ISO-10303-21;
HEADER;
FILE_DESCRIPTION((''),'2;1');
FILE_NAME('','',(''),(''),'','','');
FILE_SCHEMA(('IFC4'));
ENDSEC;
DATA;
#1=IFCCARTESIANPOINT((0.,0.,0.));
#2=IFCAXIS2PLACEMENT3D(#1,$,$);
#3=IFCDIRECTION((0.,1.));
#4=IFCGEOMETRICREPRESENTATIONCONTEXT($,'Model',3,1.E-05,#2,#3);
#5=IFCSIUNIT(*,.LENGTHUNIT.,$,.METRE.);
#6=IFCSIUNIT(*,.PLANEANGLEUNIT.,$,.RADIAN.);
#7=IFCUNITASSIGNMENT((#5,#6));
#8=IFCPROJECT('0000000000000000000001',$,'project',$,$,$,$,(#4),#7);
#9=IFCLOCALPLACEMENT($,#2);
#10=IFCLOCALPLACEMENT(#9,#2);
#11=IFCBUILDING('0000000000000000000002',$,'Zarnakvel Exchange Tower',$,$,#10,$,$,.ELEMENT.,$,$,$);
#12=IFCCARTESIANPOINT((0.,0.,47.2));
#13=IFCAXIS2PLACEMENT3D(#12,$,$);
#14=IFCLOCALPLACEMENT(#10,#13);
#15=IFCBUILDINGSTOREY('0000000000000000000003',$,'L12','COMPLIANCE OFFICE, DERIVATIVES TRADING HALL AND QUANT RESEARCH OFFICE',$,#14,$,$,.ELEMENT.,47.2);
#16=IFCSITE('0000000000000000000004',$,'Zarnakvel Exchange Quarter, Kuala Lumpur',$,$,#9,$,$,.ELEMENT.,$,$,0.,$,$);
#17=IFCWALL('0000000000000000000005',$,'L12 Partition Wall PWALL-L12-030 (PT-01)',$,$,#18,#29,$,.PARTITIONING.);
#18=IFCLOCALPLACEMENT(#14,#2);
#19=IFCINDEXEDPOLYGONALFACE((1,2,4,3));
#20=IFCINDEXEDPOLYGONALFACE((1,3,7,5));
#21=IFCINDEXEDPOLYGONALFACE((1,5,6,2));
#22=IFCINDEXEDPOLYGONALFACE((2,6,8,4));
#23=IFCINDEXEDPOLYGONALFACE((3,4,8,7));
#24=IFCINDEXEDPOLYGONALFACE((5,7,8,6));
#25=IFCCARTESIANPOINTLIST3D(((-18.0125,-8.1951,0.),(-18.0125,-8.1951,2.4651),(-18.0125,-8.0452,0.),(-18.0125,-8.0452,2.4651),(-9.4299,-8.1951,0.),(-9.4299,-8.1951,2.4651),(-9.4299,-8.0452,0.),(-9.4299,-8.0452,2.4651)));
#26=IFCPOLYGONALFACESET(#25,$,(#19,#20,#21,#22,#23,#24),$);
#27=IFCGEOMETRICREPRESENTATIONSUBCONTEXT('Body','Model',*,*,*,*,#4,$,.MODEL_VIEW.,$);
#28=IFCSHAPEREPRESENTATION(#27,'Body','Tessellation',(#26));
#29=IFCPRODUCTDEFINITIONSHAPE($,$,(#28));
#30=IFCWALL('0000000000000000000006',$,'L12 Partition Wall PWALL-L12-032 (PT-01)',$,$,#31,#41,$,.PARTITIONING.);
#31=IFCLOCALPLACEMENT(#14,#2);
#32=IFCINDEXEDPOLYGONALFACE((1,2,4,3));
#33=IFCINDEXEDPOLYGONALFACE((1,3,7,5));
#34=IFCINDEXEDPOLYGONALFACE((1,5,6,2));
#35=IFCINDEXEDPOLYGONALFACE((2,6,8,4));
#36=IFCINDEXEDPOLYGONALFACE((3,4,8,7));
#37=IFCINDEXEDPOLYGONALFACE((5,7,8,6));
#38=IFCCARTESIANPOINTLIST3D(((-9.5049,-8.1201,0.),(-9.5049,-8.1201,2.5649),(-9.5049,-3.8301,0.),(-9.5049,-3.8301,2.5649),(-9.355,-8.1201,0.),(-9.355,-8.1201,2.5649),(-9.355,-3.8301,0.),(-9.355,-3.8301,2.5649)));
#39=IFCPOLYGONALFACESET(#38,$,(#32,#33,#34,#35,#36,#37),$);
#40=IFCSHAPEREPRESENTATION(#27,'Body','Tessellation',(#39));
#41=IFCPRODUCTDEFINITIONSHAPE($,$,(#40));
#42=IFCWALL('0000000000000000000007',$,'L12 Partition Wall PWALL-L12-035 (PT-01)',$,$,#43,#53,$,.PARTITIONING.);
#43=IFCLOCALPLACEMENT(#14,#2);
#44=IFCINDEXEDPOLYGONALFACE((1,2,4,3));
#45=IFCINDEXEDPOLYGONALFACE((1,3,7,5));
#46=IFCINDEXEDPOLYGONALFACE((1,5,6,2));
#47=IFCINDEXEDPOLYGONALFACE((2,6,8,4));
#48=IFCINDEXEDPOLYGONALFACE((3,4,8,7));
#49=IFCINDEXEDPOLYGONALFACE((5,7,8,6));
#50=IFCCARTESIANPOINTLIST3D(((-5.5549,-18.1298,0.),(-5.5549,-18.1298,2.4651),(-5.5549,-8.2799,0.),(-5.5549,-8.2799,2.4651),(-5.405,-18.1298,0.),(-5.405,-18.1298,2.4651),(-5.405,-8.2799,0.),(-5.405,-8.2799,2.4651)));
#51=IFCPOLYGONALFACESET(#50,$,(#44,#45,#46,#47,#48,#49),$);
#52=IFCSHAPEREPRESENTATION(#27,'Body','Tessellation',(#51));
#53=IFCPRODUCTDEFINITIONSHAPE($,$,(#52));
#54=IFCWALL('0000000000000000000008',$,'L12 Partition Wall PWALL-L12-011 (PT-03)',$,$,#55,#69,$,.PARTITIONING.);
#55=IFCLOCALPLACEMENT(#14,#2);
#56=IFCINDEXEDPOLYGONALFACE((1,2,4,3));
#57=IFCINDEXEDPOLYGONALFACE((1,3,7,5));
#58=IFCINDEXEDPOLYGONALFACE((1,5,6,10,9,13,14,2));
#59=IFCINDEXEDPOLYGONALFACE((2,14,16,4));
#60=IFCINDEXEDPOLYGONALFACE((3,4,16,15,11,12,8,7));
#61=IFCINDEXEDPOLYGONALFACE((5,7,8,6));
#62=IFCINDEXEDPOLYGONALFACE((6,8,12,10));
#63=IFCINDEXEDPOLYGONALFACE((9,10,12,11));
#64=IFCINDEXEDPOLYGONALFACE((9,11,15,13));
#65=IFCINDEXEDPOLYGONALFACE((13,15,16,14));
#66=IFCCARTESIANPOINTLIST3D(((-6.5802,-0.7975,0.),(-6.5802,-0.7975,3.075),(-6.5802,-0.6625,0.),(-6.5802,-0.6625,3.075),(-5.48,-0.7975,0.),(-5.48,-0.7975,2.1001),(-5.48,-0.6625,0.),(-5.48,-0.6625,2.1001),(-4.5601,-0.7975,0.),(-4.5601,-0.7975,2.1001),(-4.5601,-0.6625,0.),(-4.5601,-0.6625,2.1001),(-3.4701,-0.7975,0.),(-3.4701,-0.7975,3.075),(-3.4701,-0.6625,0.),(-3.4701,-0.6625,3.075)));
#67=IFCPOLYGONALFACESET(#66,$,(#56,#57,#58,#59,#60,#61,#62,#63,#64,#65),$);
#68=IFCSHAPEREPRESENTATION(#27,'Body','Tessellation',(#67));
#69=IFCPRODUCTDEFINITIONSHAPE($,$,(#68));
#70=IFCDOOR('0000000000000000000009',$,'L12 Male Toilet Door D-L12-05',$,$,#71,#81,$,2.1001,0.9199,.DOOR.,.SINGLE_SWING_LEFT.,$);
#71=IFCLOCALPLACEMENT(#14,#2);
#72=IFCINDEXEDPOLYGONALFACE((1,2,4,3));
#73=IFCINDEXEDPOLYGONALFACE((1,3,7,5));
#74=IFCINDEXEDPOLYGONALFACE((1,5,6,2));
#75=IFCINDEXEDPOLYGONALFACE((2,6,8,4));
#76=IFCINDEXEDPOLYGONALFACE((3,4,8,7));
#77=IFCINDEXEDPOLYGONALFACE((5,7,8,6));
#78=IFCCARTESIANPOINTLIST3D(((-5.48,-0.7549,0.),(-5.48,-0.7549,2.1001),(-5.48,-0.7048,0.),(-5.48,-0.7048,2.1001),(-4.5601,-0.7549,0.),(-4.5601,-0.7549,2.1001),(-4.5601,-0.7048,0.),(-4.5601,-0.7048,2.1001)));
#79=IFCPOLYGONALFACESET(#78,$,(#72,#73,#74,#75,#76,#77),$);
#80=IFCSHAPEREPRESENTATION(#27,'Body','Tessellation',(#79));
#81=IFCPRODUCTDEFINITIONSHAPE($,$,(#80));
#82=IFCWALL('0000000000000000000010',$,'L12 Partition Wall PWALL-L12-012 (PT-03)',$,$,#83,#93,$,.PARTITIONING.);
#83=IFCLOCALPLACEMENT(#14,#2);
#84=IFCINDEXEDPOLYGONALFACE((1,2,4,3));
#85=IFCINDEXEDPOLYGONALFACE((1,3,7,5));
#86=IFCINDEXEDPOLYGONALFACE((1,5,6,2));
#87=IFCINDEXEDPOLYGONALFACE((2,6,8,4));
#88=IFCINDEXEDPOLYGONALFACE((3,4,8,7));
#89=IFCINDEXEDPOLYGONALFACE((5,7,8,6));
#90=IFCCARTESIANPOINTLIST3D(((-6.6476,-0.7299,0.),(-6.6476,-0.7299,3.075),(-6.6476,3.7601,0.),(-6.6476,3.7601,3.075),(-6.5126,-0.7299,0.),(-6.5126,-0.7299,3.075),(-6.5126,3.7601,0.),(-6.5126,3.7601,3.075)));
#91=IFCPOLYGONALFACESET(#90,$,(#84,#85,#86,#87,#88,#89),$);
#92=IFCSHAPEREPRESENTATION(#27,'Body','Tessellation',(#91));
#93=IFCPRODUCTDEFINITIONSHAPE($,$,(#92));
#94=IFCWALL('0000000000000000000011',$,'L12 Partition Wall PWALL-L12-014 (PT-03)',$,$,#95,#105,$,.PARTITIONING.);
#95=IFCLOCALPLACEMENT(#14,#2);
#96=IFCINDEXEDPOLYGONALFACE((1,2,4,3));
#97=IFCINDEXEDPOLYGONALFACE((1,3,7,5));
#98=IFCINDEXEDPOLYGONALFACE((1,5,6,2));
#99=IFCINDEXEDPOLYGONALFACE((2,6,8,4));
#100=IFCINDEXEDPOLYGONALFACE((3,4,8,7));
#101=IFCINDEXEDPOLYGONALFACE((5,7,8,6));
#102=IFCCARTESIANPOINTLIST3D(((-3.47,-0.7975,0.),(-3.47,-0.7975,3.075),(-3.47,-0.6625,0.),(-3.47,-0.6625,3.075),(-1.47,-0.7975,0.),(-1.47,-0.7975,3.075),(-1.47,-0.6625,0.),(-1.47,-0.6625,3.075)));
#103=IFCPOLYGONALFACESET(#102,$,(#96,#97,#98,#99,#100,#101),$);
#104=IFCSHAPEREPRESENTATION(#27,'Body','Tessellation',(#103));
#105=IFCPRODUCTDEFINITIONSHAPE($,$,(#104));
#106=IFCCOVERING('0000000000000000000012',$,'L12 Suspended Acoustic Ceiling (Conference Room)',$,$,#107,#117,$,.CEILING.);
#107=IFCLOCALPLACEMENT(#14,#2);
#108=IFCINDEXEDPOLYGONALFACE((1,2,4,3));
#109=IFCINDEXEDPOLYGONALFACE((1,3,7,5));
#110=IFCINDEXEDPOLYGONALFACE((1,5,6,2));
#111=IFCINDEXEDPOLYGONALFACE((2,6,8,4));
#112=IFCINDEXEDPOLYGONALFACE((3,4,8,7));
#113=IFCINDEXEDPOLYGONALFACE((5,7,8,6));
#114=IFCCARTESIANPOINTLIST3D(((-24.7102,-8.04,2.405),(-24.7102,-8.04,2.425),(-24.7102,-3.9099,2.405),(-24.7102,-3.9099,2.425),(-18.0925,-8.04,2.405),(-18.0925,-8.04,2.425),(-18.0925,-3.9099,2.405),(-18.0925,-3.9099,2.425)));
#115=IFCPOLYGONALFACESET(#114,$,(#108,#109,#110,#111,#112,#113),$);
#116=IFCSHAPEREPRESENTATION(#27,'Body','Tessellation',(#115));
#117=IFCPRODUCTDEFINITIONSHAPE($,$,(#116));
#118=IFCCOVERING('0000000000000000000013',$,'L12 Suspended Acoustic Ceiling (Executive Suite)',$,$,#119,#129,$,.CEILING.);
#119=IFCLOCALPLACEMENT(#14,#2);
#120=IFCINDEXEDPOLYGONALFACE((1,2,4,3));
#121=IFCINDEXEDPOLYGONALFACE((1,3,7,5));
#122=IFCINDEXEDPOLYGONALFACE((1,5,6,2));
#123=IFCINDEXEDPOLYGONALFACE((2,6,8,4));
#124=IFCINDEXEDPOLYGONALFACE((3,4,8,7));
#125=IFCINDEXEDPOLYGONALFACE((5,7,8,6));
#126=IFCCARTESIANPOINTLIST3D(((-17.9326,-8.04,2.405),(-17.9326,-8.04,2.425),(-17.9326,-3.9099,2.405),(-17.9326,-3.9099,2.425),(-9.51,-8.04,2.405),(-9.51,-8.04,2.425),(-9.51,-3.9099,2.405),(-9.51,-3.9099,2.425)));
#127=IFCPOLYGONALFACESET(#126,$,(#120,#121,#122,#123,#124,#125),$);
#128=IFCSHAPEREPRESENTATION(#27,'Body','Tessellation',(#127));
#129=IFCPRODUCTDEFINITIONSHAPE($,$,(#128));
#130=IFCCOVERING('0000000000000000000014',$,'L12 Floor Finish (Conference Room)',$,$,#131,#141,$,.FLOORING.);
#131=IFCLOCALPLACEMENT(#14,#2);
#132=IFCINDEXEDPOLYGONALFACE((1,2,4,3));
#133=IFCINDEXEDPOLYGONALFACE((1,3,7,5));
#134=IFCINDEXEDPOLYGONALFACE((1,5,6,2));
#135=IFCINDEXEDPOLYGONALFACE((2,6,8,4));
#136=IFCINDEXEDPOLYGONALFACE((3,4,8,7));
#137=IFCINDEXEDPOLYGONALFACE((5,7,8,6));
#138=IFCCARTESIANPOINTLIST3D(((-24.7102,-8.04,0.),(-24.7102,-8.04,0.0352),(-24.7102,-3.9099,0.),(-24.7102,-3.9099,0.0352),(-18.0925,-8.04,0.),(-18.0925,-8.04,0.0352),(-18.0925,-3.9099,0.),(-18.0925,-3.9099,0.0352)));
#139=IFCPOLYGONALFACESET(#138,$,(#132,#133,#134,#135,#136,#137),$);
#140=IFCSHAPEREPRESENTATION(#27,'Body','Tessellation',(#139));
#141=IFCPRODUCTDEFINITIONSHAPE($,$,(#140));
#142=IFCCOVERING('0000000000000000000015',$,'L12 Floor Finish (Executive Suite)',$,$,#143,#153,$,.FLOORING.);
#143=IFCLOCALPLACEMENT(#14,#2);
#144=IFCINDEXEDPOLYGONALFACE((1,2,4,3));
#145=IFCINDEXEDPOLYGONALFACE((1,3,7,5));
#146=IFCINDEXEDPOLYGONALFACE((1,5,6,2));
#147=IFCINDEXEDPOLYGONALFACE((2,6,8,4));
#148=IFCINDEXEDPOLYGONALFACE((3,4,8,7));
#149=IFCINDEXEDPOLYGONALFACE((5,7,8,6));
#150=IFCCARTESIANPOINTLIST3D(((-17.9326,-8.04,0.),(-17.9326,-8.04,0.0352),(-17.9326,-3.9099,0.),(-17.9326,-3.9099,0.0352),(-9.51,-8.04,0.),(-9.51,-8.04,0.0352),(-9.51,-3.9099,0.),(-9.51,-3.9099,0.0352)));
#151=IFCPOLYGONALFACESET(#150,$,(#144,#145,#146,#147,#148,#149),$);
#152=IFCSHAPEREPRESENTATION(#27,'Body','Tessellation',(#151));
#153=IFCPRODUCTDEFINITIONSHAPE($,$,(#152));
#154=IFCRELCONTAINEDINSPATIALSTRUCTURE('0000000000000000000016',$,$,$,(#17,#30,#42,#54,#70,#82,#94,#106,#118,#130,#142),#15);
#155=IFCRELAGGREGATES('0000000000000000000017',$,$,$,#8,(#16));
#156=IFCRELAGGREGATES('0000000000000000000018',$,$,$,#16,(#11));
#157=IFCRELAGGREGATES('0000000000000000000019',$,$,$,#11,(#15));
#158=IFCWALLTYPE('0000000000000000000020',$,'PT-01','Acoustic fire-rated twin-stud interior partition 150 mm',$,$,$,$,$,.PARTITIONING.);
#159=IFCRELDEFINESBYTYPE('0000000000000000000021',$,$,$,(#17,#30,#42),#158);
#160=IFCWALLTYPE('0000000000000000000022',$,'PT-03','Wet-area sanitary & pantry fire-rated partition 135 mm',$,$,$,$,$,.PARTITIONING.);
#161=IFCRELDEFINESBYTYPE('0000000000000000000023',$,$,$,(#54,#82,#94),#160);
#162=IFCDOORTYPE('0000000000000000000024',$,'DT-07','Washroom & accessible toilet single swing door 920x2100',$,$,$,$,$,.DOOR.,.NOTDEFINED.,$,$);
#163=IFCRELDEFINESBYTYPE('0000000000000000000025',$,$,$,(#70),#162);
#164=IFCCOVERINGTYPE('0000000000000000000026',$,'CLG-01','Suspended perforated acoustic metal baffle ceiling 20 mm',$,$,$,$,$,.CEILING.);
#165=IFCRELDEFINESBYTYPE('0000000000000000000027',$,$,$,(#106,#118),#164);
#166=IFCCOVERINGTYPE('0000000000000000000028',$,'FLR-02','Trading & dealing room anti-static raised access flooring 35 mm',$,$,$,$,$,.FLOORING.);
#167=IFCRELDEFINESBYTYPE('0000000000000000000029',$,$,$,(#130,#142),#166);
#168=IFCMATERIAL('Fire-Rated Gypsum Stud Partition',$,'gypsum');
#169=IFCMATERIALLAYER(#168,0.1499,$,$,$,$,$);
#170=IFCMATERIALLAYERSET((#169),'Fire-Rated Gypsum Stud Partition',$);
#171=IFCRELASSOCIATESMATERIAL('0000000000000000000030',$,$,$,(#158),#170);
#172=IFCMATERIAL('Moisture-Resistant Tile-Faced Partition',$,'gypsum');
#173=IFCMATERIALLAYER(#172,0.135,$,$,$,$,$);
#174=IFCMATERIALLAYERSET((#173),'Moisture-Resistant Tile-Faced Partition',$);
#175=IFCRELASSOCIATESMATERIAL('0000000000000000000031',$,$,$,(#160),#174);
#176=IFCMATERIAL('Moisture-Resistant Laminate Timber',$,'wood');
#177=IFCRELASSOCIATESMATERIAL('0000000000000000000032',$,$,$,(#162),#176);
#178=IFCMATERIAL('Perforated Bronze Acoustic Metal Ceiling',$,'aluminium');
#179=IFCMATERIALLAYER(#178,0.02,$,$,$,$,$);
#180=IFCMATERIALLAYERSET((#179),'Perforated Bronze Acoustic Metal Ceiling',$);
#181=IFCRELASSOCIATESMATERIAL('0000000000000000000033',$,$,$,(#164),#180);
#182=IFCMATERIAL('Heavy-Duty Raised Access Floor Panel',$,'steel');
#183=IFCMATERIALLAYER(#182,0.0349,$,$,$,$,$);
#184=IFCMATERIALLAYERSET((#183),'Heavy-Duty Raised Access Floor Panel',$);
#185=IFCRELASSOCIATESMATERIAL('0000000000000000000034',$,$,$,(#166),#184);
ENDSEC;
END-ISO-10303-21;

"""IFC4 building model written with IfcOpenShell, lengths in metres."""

from ifc_helpers import new_model, si_unit, direction, frame, frame_2d, origin, place, context, subcontext, project, spatial, polyline, rectangle, outline, extrude, source, transform, mapped, material, layer, layer_set, type_object, element, fill, save


model = new_model("IFC4")

# Units and contexts
model_context = context("Model", 3, precision=1e-05, world=origin(), true_north=direction((0.0, 1.0)))
body_context = subcontext(model_context, "Body", "Model", "MODEL_VIEW")
ifc_project = project(units=[si_unit("LENGTHUNIT", "METRE"), si_unit("PLANEANGLEUNIT", "RADIAN")], contexts=[model_context])

# Site, building, storey
site_placement = place(None, origin())
site = spatial("IfcSite", under=ifc_project, at=site_placement, Name="Zarnakvel Exchange Quarter, Kuala Lumpur", CompositionType="ELEMENT", RefElevation=0.0)
building_placement = place(site_placement, origin())
building = spatial("IfcBuilding", under=site, at=building_placement, Name="Zarnakvel Exchange Tower", CompositionType="ELEMENT")
storey_placement = place(building_placement, frame((0.0, 0.0, 47.2)))
storey = spatial("IfcBuildingStorey", under=building, at=storey_placement, Name="L12", Description="COMPLIANCE OFFICE, DERIVATIVES TRADING HALL AND QUANT RESEARCH OFFICE", CompositionType="ELEMENT", Elevation=47.2)

# Walls
ifc_material_1 = material(Name="Fire-Rated Gypsum Stud Partition", Category="gypsum")
ifc_layer_1 = layer(ifc_material_1, 0.1499)
ifc_layer_set_1 = layer_set([ifc_layer_1], Name="Fire-Rated Gypsum Stud Partition")
wall_type_1 = type_object("IfcWallType", Name="PT-01", Description="Acoustic fire-rated twin-stud interior partition 150 mm", PredefinedType="PARTITIONING", material=ifc_layer_set_1)
wall_1_placement = place(storey_placement, frame((-9.4299, -8.1201, 0.0), z_axis=(0.0, 0.0, 1.0), x_axis=(-1.0, 0.0, 0.0)))
element("IfcWall", 1, at=wall_1_placement, inside=storey, type_object=wall_type_1, Name="L12 Partition Wall PWALL-L12-030 (PT-01)", PredefinedType="PARTITIONING", context=body_context, shape_type="SweptSolid", body=[
    extrude(rectangle(XDim=8.5825, YDim=0.1499, at=frame_2d((4.2913, 0.0))), origin(), (0.0, 0.0, 1.0), 2.4651),
])
wall_2_placement = place(storey_placement, frame((-9.4299, -3.8301, 0.0), z_axis=(0.0, 0.0, 1.0), x_axis=(0.0, -1.0, 0.0)))
element("IfcWall", 2, at=wall_2_placement, inside=storey, type_object=wall_type_1, Name="L12 Partition Wall PWALL-L12-032 (PT-01)", PredefinedType="PARTITIONING", context=body_context, shape_type="SweptSolid", body=[
    extrude(rectangle(XDim=4.29, YDim=0.1499, at=frame_2d((2.145, 0.0))), origin(), (0.0, 0.0, 1.0), 2.5649),
])
wall_3_placement = place(storey_placement, frame((-5.48, -8.28, 0.0), z_axis=(0.0, 0.0, 1.0), x_axis=(0.0, -1.0, 0.0)))
element("IfcWall", 3, at=wall_3_placement, inside=storey, type_object=wall_type_1, Name="L12 Partition Wall PWALL-L12-035 (PT-01)", PredefinedType="PARTITIONING", context=body_context, shape_type="SweptSolid", body=[
    extrude(rectangle(XDim=9.8499, YDim=0.1499, at=frame_2d((4.9248, 0.0))), origin(), (0.0, 0.0, 1.0), 2.4651),
])

# Wall, opening, door
ifc_material_2 = material(Name="Moisture-Resistant Tile-Faced Partition", Category="gypsum")
ifc_layer_2 = layer(ifc_material_2, 0.135)
ifc_layer_set_2 = layer_set([ifc_layer_2], Name="Moisture-Resistant Tile-Faced Partition")
wall_type_2 = type_object("IfcWallType", Name="PT-03", Description="Wet-area sanitary & pantry fire-rated partition 135 mm", PredefinedType="PARTITIONING", material=ifc_layer_set_2)
wall_4_placement = place(storey_placement, frame((-3.47, -0.73, 0.0), z_axis=(0.0, 0.0, 1.0), x_axis=(-1.0, 0.0, 0.0)))
wall_4 = element("IfcWall", 4, at=wall_4_placement, inside=storey, type_object=wall_type_2, Name="L12 Partition Wall PWALL-L12-011 (PT-03)", PredefinedType="PARTITIONING", context=body_context, shape_type="SweptSolid", body=[
    extrude(rectangle(XDim=3.1101, YDim=0.135, at=frame_2d((1.5552, 0.0))), origin(), (0.0, 0.0, 1.0), 3.075),
])
opening_1_placement = place(wall_4_placement, frame((1.0901, 0.0, 0.0)))
opening_1 = element("IfcOpeningElement", 5, at=opening_1_placement, cuts=wall_4, PredefinedType="OPENING", context=body_context, shape_type="SweptSolid", body=[
    extrude(rectangle(XDim=0.9199, YDim=2.1001, at=frame_2d((0.46, 1.05))), frame((0.0, 0.0774, 0.0), z_axis=(0.0, -1.0, 0.0), x_axis=(1.0, 0.0, 0.0)), (0.0, 0.0, 1.0), 0.155),
])
ifc_material_3 = material(Name="Moisture-Resistant Laminate Timber", Category="wood")
door_type_1 = type_object("IfcDoorType", Name="DT-07", Description="Washroom & accessible toilet single swing door 920x2100", OperationType="NOTDEFINED", PredefinedType="DOOR", material=ifc_material_3)
shared_shape_1 = source(origin(), body_context, "Body", "SweptSolid", [
    extrude(rectangle(XDim=0.9199, YDim=2.1001, at=frame_2d((0.46, 1.05))), frame((0.0, 0.0249, 0.0), z_axis=(0.0, -1.0, 0.0), x_axis=(1.0, 0.0, 0.0)), (0.0, 0.0, 1.0), 0.05),
])
door_1_placement = place(opening_1_placement, origin())
door_1 = element("IfcDoor", 6, at=door_1_placement, inside=storey, type_object=door_type_1, Name="L12 Male Toilet Door D-L12-05", OperationType="SINGLE_SWING_LEFT", OverallHeight=2.1001, OverallWidth=0.9199, PredefinedType="DOOR", context=body_context, shape_type="MappedRepresentation", body=[
    mapped(shared_shape_1, transform((0.0, 0.0, 0.0), x_axis=(1.0, 0.0, 0.0), y_axis=(0.0, 1.0, 0.0), z_axis=(0.0, 0.0, 1.0), scale=1.0)),
])
fill(opening_1, door_1)

# Walls
wall_5_placement = place(storey_placement, frame((-6.5801, -0.73, 0.0), z_axis=(0.0, 0.0, 1.0), x_axis=(0.0, 1.0, 0.0)))
element("IfcWall", 7, at=wall_5_placement, inside=storey, type_object=wall_type_2, Name="L12 Partition Wall PWALL-L12-012 (PT-03)", PredefinedType="PARTITIONING", context=body_context, shape_type="SweptSolid", body=[
    extrude(rectangle(XDim=4.49, YDim=0.135, at=frame_2d((2.2451, 0.0))), origin(), (0.0, 0.0, 1.0), 3.075),
])
wall_6_placement = place(storey_placement, frame((-1.47, -0.73, 0.0), z_axis=(0.0, 0.0, 1.0), x_axis=(-1.0, 0.0, 0.0)))
element("IfcWall", 8, at=wall_6_placement, inside=storey, type_object=wall_type_2, Name="L12 Partition Wall PWALL-L12-014 (PT-03)", PredefinedType="PARTITIONING", context=body_context, shape_type="SweptSolid", body=[
    extrude(rectangle(XDim=2.0, YDim=0.135, at=frame_2d((1.0, 0.0))), origin(), (0.0, 0.0, 1.0), 3.075),
])

# Coverings
ifc_material_4 = material(Name="Perforated Bronze Acoustic Metal Ceiling", Category="aluminium")
ifc_layer_3 = layer(ifc_material_4, 0.02)
ifc_layer_set_3 = layer_set([ifc_layer_3], Name="Perforated Bronze Acoustic Metal Ceiling")
covering_type_1 = type_object("IfcCoveringType", Name="CLG-01", Description="Suspended perforated acoustic metal baffle ceiling 20 mm", PredefinedType="CEILING", material=ifc_layer_set_3)
covering_1_placement = place(storey_placement, frame((0.0, 0.0, 2.405)))
element("IfcCovering", 9, at=covering_1_placement, inside=storey, type_object=covering_type_1, Name="L12 Suspended Acoustic Ceiling (Conference Room)", PredefinedType="CEILING", context=body_context, shape_type="SweptSolid", body=[
    extrude(outline(polyline([(-24.7102, -3.9099), (-18.0925, -3.9099), (-18.0925, -8.04), (-24.7102, -8.04), (-24.7102, -3.9099)])), origin(), (0.0, 0.0, 1.0), 0.02),
])
covering_2_placement = place(storey_placement, frame((0.0, 0.0, 2.405)))
element("IfcCovering", 10, at=covering_2_placement, inside=storey, type_object=covering_type_1, Name="L12 Suspended Acoustic Ceiling (Executive Suite)", PredefinedType="CEILING", context=body_context, shape_type="SweptSolid", body=[
    extrude(outline(polyline([(-17.9326, -3.9099), (-9.51, -3.9099), (-9.51, -8.04), (-17.9326, -8.04), (-17.9326, -3.9099)])), origin(), (0.0, 0.0, 1.0), 0.02),
])
ifc_material_5 = material(Name="Heavy-Duty Raised Access Floor Panel", Category="steel")
ifc_layer_4 = layer(ifc_material_5, 0.0349)
ifc_layer_set_4 = layer_set([ifc_layer_4], Name="Heavy-Duty Raised Access Floor Panel")
covering_type_2 = type_object("IfcCoveringType", Name="FLR-02", Description="Trading & dealing room anti-static raised access flooring 35 mm", PredefinedType="FLOORING", material=ifc_layer_set_4)
covering_3_placement = place(storey_placement, origin())
element("IfcCovering", 11, at=covering_3_placement, inside=storey, type_object=covering_type_2, Name="L12 Floor Finish (Conference Room)", PredefinedType="FLOORING", context=body_context, shape_type="SweptSolid", body=[
    extrude(outline(polyline([(-24.7102, -3.9099), (-18.0925, -3.9099), (-18.0925, -8.04), (-24.7102, -8.04), (-24.7102, -3.9099)])), origin(), (0.0, 0.0, 1.0), 0.0352),
])
covering_4_placement = place(storey_placement, origin())
element("IfcCovering", 12, at=covering_4_placement, inside=storey, type_object=covering_type_2, Name="L12 Floor Finish (Executive Suite)", PredefinedType="FLOORING", context=body_context, shape_type="SweptSolid", body=[
    extrude(outline(polyline([(-17.9326, -3.9099), (-9.51, -3.9099), (-9.51, -8.04), (-17.9326, -8.04), (-17.9326, -3.9099)])), origin(), (0.0, 0.0, 1.0), 0.0352),
])

save(model, "model.ifc")
